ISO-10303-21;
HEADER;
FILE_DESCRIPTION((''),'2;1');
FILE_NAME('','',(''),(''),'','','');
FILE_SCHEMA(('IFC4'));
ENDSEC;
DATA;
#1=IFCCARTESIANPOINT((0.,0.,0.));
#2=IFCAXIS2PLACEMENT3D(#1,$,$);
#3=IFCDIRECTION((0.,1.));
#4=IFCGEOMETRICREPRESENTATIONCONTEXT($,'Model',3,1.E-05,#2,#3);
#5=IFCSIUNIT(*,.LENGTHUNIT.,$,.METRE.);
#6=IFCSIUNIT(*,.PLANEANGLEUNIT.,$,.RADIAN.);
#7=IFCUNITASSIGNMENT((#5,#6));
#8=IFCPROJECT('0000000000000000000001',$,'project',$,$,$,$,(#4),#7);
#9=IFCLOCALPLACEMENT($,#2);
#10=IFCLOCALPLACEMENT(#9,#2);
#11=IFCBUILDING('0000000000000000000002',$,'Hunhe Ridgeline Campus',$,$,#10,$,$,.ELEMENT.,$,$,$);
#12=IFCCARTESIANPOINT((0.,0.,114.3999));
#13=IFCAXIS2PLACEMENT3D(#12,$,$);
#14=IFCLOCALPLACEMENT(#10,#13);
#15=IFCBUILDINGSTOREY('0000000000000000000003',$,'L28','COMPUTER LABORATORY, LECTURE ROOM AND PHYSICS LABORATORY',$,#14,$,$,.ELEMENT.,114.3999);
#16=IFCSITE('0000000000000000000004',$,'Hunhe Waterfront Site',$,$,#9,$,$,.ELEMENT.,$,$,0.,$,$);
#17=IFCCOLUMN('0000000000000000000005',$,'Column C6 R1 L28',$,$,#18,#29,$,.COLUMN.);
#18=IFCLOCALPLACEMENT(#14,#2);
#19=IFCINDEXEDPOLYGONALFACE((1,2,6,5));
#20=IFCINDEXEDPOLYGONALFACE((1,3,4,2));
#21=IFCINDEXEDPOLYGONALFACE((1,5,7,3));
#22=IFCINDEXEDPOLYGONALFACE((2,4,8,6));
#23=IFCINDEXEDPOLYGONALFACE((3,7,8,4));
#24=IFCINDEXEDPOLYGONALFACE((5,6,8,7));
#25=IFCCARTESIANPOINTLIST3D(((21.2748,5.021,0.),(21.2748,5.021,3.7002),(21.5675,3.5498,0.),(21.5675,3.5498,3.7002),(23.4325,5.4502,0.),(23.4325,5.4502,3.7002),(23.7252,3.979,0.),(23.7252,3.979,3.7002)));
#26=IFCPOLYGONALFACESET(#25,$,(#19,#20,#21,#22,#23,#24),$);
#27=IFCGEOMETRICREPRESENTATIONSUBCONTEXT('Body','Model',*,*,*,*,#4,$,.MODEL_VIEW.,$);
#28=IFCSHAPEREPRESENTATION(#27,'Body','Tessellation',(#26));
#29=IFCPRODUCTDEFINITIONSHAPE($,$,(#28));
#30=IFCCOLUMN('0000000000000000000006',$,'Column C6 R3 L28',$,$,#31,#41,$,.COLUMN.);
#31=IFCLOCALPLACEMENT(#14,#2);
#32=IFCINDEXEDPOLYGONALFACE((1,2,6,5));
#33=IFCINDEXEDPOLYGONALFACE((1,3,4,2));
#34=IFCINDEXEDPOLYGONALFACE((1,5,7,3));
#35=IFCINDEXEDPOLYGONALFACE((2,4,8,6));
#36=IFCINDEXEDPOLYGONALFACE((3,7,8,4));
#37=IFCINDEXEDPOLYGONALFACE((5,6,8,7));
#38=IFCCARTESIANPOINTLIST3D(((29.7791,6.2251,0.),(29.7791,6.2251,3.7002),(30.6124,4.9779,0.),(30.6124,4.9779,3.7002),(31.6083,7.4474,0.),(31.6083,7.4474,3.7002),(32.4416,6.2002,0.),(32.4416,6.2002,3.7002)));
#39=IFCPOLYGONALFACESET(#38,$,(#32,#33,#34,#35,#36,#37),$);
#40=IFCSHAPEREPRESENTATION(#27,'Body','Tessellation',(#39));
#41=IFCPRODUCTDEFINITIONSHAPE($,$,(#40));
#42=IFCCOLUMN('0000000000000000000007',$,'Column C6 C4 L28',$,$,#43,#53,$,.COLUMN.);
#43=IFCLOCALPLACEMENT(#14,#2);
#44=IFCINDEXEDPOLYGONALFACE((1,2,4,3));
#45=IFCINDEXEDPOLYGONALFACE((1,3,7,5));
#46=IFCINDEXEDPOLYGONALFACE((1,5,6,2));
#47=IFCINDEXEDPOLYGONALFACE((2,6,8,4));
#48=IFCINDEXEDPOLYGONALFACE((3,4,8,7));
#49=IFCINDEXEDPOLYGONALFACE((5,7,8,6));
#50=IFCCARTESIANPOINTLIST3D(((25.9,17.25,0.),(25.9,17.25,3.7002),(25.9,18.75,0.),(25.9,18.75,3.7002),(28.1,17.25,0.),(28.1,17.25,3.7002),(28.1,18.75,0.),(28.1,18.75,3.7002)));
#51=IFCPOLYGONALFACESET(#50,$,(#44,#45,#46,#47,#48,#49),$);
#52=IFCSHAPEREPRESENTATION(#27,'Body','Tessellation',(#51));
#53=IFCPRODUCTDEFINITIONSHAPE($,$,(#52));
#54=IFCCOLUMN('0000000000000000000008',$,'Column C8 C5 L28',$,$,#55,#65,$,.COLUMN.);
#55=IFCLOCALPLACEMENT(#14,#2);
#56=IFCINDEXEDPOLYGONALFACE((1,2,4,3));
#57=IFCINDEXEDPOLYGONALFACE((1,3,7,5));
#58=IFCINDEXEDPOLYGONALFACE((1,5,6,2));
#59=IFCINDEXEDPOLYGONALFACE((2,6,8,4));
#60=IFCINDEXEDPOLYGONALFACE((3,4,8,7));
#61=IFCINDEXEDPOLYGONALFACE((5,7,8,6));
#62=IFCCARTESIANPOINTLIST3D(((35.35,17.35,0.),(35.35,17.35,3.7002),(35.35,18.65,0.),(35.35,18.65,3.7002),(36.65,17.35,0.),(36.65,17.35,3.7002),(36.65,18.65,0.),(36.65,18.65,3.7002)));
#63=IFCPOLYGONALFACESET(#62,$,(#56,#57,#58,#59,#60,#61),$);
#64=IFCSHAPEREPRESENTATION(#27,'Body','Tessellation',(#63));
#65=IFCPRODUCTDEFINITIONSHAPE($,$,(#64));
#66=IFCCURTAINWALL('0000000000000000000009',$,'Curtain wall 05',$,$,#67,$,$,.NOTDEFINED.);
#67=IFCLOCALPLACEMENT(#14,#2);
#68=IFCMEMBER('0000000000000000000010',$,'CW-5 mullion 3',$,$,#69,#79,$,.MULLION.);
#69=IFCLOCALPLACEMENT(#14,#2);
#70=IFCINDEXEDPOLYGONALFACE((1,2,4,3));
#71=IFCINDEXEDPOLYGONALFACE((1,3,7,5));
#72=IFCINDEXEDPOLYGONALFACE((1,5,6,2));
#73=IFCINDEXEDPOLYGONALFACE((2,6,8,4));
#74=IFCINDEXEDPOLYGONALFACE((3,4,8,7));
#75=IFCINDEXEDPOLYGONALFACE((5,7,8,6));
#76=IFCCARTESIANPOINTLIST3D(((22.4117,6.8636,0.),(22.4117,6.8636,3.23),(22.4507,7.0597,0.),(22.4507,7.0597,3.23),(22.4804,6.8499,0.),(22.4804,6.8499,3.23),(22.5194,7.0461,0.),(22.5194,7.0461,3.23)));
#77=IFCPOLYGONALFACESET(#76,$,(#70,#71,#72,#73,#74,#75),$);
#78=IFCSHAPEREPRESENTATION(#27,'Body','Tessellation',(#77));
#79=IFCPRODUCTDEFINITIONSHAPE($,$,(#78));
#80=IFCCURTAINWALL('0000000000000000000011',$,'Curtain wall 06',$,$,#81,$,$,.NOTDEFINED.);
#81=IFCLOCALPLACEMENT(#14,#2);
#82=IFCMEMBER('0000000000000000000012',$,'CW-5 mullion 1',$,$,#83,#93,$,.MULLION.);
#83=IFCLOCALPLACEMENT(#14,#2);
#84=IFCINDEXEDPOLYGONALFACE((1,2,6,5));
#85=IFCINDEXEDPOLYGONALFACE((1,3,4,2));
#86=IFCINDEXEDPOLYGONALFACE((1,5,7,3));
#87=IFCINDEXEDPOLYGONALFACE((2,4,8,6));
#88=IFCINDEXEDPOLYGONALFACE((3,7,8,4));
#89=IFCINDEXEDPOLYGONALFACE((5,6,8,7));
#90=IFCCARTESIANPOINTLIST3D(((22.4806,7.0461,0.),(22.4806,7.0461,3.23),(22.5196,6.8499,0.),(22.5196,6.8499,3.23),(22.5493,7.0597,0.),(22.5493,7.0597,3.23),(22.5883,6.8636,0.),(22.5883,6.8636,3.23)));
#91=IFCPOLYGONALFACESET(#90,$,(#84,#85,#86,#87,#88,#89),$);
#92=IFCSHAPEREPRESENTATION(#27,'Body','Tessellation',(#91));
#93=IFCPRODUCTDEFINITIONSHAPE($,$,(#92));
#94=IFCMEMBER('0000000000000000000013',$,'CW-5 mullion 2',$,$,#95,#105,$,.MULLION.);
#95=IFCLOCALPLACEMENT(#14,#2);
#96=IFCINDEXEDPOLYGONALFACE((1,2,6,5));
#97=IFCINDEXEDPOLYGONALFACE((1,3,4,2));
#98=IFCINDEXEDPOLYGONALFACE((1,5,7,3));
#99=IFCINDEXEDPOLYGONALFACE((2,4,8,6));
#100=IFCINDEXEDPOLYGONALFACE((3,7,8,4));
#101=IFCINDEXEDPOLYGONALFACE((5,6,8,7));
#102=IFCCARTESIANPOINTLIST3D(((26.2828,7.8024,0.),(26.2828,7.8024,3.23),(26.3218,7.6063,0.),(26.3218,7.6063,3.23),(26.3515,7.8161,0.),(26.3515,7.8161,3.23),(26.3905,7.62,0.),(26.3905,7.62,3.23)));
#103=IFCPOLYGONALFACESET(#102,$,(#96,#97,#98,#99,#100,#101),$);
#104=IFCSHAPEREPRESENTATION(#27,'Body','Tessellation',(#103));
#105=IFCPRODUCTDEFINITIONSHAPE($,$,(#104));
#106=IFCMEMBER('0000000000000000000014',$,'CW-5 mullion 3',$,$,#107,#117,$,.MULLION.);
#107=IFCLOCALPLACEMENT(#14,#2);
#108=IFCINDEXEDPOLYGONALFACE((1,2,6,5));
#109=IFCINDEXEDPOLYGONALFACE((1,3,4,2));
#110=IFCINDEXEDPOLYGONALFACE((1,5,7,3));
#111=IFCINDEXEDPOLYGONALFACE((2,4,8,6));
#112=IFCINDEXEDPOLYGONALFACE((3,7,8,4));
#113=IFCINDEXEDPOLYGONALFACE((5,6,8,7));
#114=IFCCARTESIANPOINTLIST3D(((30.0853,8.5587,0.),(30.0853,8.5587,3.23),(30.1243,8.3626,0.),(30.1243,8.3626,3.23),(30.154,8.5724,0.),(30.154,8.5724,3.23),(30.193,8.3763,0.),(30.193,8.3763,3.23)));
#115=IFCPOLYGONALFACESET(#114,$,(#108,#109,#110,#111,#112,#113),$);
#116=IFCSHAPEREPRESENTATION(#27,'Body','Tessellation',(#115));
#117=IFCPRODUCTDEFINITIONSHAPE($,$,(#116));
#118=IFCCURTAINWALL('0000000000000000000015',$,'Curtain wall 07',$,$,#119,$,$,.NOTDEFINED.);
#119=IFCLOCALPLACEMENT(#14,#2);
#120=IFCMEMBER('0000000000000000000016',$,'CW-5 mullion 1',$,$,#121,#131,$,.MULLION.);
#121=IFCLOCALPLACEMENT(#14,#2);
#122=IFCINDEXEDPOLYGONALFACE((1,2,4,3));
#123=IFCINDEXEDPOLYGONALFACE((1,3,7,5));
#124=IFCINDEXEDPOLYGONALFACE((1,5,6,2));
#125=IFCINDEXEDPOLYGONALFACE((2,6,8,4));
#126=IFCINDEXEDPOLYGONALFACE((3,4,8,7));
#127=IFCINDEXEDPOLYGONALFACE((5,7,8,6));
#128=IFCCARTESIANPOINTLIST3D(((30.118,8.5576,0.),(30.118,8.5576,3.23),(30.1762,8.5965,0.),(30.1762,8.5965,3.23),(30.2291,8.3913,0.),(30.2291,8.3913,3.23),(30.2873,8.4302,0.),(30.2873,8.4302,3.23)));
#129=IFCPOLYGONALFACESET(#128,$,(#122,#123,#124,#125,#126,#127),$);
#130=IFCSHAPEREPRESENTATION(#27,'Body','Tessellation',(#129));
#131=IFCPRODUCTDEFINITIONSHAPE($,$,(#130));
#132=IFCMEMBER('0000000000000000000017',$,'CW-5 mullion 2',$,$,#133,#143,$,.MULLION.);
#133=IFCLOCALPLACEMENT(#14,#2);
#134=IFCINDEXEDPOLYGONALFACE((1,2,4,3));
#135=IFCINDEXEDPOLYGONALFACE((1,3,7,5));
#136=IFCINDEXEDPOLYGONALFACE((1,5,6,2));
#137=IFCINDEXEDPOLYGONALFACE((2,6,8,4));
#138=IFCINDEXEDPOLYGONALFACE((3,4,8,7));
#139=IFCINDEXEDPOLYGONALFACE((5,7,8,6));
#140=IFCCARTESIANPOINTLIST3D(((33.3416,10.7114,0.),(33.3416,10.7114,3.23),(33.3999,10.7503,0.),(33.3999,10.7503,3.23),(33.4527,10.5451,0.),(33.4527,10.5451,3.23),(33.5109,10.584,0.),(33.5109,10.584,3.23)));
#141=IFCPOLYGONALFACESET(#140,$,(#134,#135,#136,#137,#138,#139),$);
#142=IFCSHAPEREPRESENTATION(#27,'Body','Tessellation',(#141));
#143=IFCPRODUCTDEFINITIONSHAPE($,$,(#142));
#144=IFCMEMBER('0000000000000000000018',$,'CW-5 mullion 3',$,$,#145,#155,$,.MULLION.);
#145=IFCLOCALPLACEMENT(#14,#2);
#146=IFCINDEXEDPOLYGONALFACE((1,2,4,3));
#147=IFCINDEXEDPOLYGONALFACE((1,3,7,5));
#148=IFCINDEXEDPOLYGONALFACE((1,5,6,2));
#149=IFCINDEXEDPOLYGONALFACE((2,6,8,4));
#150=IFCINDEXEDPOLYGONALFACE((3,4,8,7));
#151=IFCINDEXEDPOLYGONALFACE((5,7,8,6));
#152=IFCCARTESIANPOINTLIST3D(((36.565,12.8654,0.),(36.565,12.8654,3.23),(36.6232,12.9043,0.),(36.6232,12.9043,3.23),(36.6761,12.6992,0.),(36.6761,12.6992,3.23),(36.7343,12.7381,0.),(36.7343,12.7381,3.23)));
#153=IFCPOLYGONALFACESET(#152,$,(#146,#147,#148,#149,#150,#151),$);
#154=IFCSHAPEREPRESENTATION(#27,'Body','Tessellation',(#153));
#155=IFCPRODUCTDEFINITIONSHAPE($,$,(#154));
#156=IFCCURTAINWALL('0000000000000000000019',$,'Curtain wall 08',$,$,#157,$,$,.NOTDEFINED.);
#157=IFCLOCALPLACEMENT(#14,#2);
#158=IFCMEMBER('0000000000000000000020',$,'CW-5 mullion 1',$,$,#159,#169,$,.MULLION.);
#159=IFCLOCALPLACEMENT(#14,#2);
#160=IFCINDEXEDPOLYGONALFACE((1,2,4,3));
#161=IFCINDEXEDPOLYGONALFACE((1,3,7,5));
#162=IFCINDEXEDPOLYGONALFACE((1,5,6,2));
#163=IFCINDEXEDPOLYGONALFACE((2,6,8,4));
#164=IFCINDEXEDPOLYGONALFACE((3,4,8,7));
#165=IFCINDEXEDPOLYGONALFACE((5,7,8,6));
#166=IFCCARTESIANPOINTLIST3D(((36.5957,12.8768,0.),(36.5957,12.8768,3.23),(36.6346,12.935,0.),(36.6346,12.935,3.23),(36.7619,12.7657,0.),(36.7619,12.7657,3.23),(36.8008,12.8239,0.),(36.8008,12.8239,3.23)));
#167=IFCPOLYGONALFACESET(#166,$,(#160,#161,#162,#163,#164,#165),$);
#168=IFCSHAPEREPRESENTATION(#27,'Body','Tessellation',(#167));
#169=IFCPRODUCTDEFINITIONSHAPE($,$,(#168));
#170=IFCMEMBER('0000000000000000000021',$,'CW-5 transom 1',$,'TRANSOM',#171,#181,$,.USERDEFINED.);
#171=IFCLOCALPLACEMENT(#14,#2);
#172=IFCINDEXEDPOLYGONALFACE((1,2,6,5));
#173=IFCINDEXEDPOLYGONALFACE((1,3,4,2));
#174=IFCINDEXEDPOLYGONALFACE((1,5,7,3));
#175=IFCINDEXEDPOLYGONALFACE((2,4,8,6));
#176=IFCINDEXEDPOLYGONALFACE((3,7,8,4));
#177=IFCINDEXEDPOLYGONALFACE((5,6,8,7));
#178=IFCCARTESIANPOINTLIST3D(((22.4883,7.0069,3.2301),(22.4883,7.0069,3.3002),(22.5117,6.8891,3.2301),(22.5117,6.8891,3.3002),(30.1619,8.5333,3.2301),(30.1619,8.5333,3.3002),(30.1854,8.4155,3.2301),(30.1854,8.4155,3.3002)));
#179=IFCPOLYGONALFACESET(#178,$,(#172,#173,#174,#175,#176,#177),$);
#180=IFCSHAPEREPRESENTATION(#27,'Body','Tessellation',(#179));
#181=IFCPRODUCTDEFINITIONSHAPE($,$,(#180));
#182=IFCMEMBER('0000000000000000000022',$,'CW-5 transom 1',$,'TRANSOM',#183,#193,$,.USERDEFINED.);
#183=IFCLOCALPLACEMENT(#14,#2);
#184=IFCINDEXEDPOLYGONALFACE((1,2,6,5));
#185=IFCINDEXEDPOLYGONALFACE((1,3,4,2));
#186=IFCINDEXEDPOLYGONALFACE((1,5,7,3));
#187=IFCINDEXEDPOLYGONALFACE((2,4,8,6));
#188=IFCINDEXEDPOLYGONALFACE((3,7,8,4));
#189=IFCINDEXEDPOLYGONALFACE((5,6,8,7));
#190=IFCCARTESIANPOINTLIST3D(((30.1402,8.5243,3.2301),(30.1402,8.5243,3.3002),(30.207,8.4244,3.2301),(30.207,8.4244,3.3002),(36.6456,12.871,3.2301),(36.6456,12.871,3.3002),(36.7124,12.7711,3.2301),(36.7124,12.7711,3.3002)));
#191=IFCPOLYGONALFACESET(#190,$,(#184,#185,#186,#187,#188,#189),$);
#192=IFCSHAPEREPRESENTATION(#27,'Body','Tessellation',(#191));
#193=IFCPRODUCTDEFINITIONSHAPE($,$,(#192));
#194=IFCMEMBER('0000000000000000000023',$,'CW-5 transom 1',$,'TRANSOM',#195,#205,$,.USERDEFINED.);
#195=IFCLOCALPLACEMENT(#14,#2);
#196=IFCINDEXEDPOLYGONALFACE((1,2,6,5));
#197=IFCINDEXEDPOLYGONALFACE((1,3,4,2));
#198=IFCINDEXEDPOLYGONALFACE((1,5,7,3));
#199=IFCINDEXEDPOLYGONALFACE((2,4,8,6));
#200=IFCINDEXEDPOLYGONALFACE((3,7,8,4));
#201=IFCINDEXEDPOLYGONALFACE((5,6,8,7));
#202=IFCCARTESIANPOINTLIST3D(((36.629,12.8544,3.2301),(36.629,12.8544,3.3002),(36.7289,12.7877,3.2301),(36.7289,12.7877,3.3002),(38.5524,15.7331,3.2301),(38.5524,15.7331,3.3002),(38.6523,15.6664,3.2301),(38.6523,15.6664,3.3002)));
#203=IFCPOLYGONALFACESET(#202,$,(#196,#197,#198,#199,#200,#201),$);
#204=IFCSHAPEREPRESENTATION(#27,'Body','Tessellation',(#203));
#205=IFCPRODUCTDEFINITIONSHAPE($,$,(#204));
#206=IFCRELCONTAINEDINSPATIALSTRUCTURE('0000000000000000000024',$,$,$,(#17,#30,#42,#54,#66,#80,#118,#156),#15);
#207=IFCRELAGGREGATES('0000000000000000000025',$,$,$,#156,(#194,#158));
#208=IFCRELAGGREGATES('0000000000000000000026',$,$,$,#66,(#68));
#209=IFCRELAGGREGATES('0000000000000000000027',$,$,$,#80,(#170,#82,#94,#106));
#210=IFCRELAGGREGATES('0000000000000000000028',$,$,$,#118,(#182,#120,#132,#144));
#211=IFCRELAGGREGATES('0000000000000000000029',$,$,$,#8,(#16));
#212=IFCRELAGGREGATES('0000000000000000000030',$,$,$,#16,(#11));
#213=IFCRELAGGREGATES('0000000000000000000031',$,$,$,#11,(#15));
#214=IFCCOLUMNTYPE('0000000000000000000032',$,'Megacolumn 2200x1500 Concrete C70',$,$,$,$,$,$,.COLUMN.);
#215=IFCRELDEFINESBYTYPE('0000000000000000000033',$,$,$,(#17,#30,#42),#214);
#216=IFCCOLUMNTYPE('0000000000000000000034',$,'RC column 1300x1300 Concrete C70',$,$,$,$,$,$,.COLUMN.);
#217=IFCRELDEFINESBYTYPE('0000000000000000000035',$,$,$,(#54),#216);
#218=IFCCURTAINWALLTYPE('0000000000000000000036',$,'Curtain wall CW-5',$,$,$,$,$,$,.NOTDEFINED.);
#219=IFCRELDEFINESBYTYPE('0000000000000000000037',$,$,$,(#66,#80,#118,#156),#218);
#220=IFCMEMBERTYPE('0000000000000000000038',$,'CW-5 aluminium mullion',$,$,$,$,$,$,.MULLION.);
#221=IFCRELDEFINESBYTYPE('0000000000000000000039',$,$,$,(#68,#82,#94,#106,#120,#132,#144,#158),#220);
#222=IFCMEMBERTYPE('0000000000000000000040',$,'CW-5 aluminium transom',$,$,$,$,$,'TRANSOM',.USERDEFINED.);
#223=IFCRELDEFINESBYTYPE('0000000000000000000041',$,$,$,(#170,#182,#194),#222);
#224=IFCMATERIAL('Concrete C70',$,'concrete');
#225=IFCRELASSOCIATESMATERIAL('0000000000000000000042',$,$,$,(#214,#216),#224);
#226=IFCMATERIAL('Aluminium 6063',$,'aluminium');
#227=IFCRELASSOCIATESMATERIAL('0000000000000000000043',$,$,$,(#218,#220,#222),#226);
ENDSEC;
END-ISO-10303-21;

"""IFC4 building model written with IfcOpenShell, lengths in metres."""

from ifc_helpers import new_model, si_unit, direction, frame, origin, origin_2d, place, context, subcontext, project, spatial, rectangle, extrude, material, material_profile, profile_set, type_object, element, aggregate, save


model = new_model("IFC4")

# Units and contexts
model_context = context("Model", 3, precision=1e-05, world=origin(), true_north=direction((0.0, 1.0)))
body_context = subcontext(model_context, "Body", "Model", "MODEL_VIEW")
ifc_project = project(units=[si_unit("LENGTHUNIT", "METRE"), si_unit("PLANEANGLEUNIT", "RADIAN")], contexts=[model_context])

# Site, building, storey
site_placement = place(None, origin())
site = spatial("IfcSite", under=ifc_project, at=site_placement, Name="Hunhe Waterfront Site", CompositionType="ELEMENT", RefElevation=0.0)
building_placement = place(site_placement, origin())
building = spatial("IfcBuilding", under=site, at=building_placement, Name="Hunhe Ridgeline Campus", CompositionType="ELEMENT")
storey_placement = place(building_placement, frame((0.0, 0.0, 114.3999)))
storey = spatial("IfcBuildingStorey", under=building, at=storey_placement, Name="L28", Description="COMPUTER LABORATORY, LECTURE ROOM AND PHYSICS LABORATORY", CompositionType="ELEMENT", Elevation=114.3999)

# Columns
ifc_material_1 = material(Name="Concrete C70", Category="concrete")
ifc_material_profile_1 = material_profile(ifc_material_1, rectangle(XDim=2.2, YDim=1.5, at=origin_2d()))
ifc_profile_set_1 = profile_set([ifc_material_profile_1], Name="Concrete C70")
column_type_1 = type_object("IfcColumnType", Name="Megacolumn 2200x1500 Concrete C70", PredefinedType="COLUMN", material=ifc_profile_set_1)
for number, where, z_axis, x_axis, name in (
    (1, (22.5, 4.5, 0.0), (0.0, 0.0, 1.0), (0.980785, 0.19509, 0.0), "Column C6 R1 L28"),
    (2, (31.1104, 6.2126, 0.0), (0.0, 0.0, 1.0), (0.83147, 0.55557, 0.0), "Column C6 R3 L28"),
    (3, (27.0, 18.0, 0.0), (0.0, 0.0, 1.0), (1.0, 0.0, 0.0), "Column C6 C4 L28"),
):
    element("IfcColumn", number, at=place(storey_placement, frame(where, z_axis=z_axis, x_axis=x_axis)), inside=storey, type_object=column_type_1, Name=name, PredefinedType="COLUMN", context=body_context, shape_type="SweptSolid", body=[
        extrude(rectangle(XDim=2.2, YDim=1.5, at=origin_2d()), origin(), (0.0, 0.0, 1.0), 3.7002),
    ])
ifc_material_profile_2 = material_profile(ifc_material_1, rectangle(XDim=1.3, YDim=1.3, at=origin_2d()))
ifc_profile_set_2 = profile_set([ifc_material_profile_2], Name="Concrete C70")
column_type_2 = type_object("IfcColumnType", Name="RC column 1300x1300 Concrete C70", PredefinedType="COLUMN", material=ifc_profile_set_2)
column_placement = place(storey_placement, frame((36.0, 18.0, 0.0), z_axis=(0.0, 0.0, 1.0), x_axis=(1.0, 0.0, 0.0)))
element("IfcColumn", 4, at=column_placement, inside=storey, type_object=column_type_2, Name="Column C8 C5 L28", PredefinedType="COLUMN", context=body_context, shape_type="SweptSolid", body=[
    extrude(rectangle(XDim=1.3, YDim=1.3, at=origin_2d()), origin(), (0.0, 0.0, 1.0), 3.7002),
])

# Curtain wall, member
ifc_material_2 = material(Name="Aluminium 6063", Category="aluminium")
curtain_wall_type = type_object("IfcCurtainWallType", Name="Curtain wall CW-5", PredefinedType="NOTDEFINED", material=ifc_material_2)
curtain_wall_1_placement = place(storey_placement, origin())
curtain_wall_1 = element("IfcCurtainWall", 5, at=curtain_wall_1_placement, inside=storey, type_object=curtain_wall_type, Name="Curtain wall 05", PredefinedType="NOTDEFINED")
ifc_material_profile_3 = material_profile(ifc_material_2, rectangle(XDim=0.2, YDim=0.0701, at=origin_2d()))
ifc_profile_set_3 = profile_set([ifc_material_profile_3], Name="Aluminium 6063")
member_type_1 = type_object("IfcMemberType", Name="CW-5 aluminium mullion", PredefinedType="MULLION", material=ifc_profile_set_3)
member_1_placement = place(storey_placement, frame((22.4656, 6.9548, 0.0), z_axis=(0.0, 0.0, 1.0), x_axis=(0.19509, 0.980785, 0.0)))
member_1 = element("IfcMember", 6, at=member_1_placement, type_object=member_type_1, Name="CW-5 mullion 3", PredefinedType="MULLION", context=body_context, shape_type="SweptSolid", body=[
    extrude(rectangle(XDim=0.2, YDim=0.0701, at=origin_2d()), origin(), (0.0, 0.0, 1.0), 3.23),
])

# Curtain walls, members
curtain_wall_2_placement = place(storey_placement, origin())
curtain_wall_2 = element("IfcCurtainWall", 7, at=curtain_wall_2_placement, inside=storey, type_object=curtain_wall_type, Name="Curtain wall 06", PredefinedType="NOTDEFINED")
member_2_placement = place(storey_placement, frame((22.5344, 6.9548, 0.0), z_axis=(0.0, 0.0, 1.0), x_axis=(-0.19509, 0.980785, 0.0)))
member_2 = element("IfcMember", 8, at=member_2_placement, type_object=member_type_1, Name="CW-5 mullion 1", PredefinedType="MULLION", context=body_context, shape_type="SweptSolid", body=[
    extrude(rectangle(XDim=0.2, YDim=0.0701, at=origin_2d()), origin(), (0.0, 0.0, 1.0), 3.23),
])
member_3_placement = place(storey_placement, frame((26.3367, 7.7112, 0.0), z_axis=(0.0, 0.0, 1.0), x_axis=(-0.19509, 0.980785, 0.0)))
member_3 = element("IfcMember", 9, at=member_3_placement, type_object=member_type_1, Name="CW-5 mullion 2", PredefinedType="MULLION", context=body_context, shape_type="SweptSolid", body=[
    extrude(rectangle(XDim=0.2, YDim=0.0701, at=origin_2d()), origin(), (0.0, 0.0, 1.0), 3.23),
])
member_4_placement = place(storey_placement, frame((30.1392, 8.4675, 0.0), z_axis=(0.0, 0.0, 1.0), x_axis=(-0.19509, 0.980785, 0.0)))
member_4 = element("IfcMember", 10, at=member_4_placement, type_object=member_type_1, Name="CW-5 mullion 3", PredefinedType="MULLION", context=body_context, shape_type="SweptSolid", body=[
    extrude(rectangle(XDim=0.2, YDim=0.0701, at=origin_2d()), origin(), (0.0, 0.0, 1.0), 3.23),
])
curtain_wall_3_placement = place(storey_placement, origin())
curtain_wall_3 = element("IfcCurtainWall", 11, at=curtain_wall_3_placement, inside=storey, type_object=curtain_wall_type, Name="Curtain wall 07", PredefinedType="NOTDEFINED")
member_5_placement = place(storey_placement, frame((30.2026, 8.4939, 0.0), z_axis=(0.0, 0.0, 1.0), x_axis=(-0.55557, 0.83147, 0.0)))
member_5 = element("IfcMember", 12, at=member_5_placement, type_object=member_type_1, Name="CW-5 mullion 1", PredefinedType="MULLION", context=body_context, shape_type="SweptSolid", body=[
    extrude(rectangle(XDim=0.2, YDim=0.0701, at=origin_2d()), origin(), (0.0, 0.0, 1.0), 3.23),
])
member_6_placement = place(storey_placement, frame((33.4263, 10.6477, 0.0), z_axis=(0.0, 0.0, 1.0), x_axis=(-0.55557, 0.83147, 0.0)))
member_6 = element("IfcMember", 13, at=member_6_placement, type_object=member_type_1, Name="CW-5 mullion 2", PredefinedType="MULLION", context=body_context, shape_type="SweptSolid", body=[
    extrude(rectangle(XDim=0.2, YDim=0.0701, at=origin_2d()), origin(), (0.0, 0.0, 1.0), 3.23),
])
member_7_placement = place(storey_placement, frame((36.6497, 12.8018, 0.0), z_axis=(0.0, 0.0, 1.0), x_axis=(-0.55557, 0.83147, 0.0)))
member_7 = element("IfcMember", 14, at=member_7_placement, type_object=member_type_1, Name="CW-5 mullion 3", PredefinedType="MULLION", context=body_context, shape_type="SweptSolid", body=[
    extrude(rectangle(XDim=0.2, YDim=0.0701, at=origin_2d()), origin(), (0.0, 0.0, 1.0), 3.23),
])

# Curtain wall, member
curtain_wall_4_placement = place(storey_placement, origin())
curtain_wall_4 = element("IfcCurtainWall", 15, at=curtain_wall_4_placement, inside=storey, type_object=curtain_wall_type, Name="Curtain wall 08", PredefinedType="NOTDEFINED")
member_8_placement = place(storey_placement, frame((36.6982, 12.8503, 0.0), z_axis=(0.0, 0.0, 1.0), x_axis=(-0.83147, 0.55557, 0.0)))
member_8 = element("IfcMember", 16, at=member_8_placement, type_object=member_type_1, Name="CW-5 mullion 1", PredefinedType="MULLION", context=body_context, shape_type="SweptSolid", body=[
    extrude(rectangle(XDim=0.2, YDim=0.0701, at=origin_2d()), origin(), (0.0, 0.0, 1.0), 3.23),
])

# Members
ifc_material_profile_4 = material_profile(ifc_material_2, rectangle(XDim=0.1201, YDim=0.0701, at=origin_2d()))
ifc_profile_set_4 = profile_set([ifc_material_profile_4], Name="Aluminium 6063")
member_type_2 = type_object("IfcMemberType", Name="CW-5 aluminium transom", ElementType="TRANSOM", PredefinedType="USERDEFINED", material=ifc_profile_set_4)
member_9_placement = place(storey_placement, frame((22.5, 6.948, 3.2651), z_axis=(0.980785, 0.19509, 0.0), x_axis=(-0.19509, 0.980785, 0.0)))
member_9 = element("IfcMember", 17, at=member_9_placement, type_object=member_type_2, Name="CW-5 transom 1", ObjectType="TRANSOM", PredefinedType="USERDEFINED", context=body_context, shape_type="SweptSolid", body=[
    extrude(rectangle(XDim=0.1201, YDim=0.0701, at=origin_2d()), origin(), (0.0, 0.0, 1.0), 7.824),
])
member_10_placement = place(storey_placement, frame((30.1736, 8.4744, 3.2651), z_axis=(0.831474, 0.555564, 0.0), x_axis=(-0.555564, 0.831474, 0.0)))
member_10 = element("IfcMember", 18, at=member_10_placement, type_object=member_type_2, Name="CW-5 transom 1", ObjectType="TRANSOM", PredefinedType="USERDEFINED", context=body_context, shape_type="SweptSolid", body=[
    extrude(rectangle(XDim=0.1201, YDim=0.0701, at=origin_2d()), origin(), (0.0, 0.0, 1.0), 7.824),
])
member_11_placement = place(storey_placement, frame((36.679, 12.821, 3.2651), z_axis=(0.555546, 0.831486, 0.0), x_axis=(-0.831486, 0.555546, 0.0)))
member_11 = element("IfcMember", 19, at=member_11_placement, type_object=member_type_2, Name="CW-5 transom 1", ObjectType="TRANSOM", PredefinedType="USERDEFINED", context=body_context, shape_type="SweptSolid", body=[
    extrude(rectangle(XDim=0.1201, YDim=0.0701, at=origin_2d()), origin(), (0.0, 0.0, 1.0), 3.4622),
])
aggregate(curtain_wall_4, [member_11, member_8])

aggregate(curtain_wall_1, [member_1])
aggregate(curtain_wall_2, [member_9, member_2, member_3, member_4])
aggregate(curtain_wall_3, [member_10, member_5, member_6, member_7])

save(model, "model.ifc")
